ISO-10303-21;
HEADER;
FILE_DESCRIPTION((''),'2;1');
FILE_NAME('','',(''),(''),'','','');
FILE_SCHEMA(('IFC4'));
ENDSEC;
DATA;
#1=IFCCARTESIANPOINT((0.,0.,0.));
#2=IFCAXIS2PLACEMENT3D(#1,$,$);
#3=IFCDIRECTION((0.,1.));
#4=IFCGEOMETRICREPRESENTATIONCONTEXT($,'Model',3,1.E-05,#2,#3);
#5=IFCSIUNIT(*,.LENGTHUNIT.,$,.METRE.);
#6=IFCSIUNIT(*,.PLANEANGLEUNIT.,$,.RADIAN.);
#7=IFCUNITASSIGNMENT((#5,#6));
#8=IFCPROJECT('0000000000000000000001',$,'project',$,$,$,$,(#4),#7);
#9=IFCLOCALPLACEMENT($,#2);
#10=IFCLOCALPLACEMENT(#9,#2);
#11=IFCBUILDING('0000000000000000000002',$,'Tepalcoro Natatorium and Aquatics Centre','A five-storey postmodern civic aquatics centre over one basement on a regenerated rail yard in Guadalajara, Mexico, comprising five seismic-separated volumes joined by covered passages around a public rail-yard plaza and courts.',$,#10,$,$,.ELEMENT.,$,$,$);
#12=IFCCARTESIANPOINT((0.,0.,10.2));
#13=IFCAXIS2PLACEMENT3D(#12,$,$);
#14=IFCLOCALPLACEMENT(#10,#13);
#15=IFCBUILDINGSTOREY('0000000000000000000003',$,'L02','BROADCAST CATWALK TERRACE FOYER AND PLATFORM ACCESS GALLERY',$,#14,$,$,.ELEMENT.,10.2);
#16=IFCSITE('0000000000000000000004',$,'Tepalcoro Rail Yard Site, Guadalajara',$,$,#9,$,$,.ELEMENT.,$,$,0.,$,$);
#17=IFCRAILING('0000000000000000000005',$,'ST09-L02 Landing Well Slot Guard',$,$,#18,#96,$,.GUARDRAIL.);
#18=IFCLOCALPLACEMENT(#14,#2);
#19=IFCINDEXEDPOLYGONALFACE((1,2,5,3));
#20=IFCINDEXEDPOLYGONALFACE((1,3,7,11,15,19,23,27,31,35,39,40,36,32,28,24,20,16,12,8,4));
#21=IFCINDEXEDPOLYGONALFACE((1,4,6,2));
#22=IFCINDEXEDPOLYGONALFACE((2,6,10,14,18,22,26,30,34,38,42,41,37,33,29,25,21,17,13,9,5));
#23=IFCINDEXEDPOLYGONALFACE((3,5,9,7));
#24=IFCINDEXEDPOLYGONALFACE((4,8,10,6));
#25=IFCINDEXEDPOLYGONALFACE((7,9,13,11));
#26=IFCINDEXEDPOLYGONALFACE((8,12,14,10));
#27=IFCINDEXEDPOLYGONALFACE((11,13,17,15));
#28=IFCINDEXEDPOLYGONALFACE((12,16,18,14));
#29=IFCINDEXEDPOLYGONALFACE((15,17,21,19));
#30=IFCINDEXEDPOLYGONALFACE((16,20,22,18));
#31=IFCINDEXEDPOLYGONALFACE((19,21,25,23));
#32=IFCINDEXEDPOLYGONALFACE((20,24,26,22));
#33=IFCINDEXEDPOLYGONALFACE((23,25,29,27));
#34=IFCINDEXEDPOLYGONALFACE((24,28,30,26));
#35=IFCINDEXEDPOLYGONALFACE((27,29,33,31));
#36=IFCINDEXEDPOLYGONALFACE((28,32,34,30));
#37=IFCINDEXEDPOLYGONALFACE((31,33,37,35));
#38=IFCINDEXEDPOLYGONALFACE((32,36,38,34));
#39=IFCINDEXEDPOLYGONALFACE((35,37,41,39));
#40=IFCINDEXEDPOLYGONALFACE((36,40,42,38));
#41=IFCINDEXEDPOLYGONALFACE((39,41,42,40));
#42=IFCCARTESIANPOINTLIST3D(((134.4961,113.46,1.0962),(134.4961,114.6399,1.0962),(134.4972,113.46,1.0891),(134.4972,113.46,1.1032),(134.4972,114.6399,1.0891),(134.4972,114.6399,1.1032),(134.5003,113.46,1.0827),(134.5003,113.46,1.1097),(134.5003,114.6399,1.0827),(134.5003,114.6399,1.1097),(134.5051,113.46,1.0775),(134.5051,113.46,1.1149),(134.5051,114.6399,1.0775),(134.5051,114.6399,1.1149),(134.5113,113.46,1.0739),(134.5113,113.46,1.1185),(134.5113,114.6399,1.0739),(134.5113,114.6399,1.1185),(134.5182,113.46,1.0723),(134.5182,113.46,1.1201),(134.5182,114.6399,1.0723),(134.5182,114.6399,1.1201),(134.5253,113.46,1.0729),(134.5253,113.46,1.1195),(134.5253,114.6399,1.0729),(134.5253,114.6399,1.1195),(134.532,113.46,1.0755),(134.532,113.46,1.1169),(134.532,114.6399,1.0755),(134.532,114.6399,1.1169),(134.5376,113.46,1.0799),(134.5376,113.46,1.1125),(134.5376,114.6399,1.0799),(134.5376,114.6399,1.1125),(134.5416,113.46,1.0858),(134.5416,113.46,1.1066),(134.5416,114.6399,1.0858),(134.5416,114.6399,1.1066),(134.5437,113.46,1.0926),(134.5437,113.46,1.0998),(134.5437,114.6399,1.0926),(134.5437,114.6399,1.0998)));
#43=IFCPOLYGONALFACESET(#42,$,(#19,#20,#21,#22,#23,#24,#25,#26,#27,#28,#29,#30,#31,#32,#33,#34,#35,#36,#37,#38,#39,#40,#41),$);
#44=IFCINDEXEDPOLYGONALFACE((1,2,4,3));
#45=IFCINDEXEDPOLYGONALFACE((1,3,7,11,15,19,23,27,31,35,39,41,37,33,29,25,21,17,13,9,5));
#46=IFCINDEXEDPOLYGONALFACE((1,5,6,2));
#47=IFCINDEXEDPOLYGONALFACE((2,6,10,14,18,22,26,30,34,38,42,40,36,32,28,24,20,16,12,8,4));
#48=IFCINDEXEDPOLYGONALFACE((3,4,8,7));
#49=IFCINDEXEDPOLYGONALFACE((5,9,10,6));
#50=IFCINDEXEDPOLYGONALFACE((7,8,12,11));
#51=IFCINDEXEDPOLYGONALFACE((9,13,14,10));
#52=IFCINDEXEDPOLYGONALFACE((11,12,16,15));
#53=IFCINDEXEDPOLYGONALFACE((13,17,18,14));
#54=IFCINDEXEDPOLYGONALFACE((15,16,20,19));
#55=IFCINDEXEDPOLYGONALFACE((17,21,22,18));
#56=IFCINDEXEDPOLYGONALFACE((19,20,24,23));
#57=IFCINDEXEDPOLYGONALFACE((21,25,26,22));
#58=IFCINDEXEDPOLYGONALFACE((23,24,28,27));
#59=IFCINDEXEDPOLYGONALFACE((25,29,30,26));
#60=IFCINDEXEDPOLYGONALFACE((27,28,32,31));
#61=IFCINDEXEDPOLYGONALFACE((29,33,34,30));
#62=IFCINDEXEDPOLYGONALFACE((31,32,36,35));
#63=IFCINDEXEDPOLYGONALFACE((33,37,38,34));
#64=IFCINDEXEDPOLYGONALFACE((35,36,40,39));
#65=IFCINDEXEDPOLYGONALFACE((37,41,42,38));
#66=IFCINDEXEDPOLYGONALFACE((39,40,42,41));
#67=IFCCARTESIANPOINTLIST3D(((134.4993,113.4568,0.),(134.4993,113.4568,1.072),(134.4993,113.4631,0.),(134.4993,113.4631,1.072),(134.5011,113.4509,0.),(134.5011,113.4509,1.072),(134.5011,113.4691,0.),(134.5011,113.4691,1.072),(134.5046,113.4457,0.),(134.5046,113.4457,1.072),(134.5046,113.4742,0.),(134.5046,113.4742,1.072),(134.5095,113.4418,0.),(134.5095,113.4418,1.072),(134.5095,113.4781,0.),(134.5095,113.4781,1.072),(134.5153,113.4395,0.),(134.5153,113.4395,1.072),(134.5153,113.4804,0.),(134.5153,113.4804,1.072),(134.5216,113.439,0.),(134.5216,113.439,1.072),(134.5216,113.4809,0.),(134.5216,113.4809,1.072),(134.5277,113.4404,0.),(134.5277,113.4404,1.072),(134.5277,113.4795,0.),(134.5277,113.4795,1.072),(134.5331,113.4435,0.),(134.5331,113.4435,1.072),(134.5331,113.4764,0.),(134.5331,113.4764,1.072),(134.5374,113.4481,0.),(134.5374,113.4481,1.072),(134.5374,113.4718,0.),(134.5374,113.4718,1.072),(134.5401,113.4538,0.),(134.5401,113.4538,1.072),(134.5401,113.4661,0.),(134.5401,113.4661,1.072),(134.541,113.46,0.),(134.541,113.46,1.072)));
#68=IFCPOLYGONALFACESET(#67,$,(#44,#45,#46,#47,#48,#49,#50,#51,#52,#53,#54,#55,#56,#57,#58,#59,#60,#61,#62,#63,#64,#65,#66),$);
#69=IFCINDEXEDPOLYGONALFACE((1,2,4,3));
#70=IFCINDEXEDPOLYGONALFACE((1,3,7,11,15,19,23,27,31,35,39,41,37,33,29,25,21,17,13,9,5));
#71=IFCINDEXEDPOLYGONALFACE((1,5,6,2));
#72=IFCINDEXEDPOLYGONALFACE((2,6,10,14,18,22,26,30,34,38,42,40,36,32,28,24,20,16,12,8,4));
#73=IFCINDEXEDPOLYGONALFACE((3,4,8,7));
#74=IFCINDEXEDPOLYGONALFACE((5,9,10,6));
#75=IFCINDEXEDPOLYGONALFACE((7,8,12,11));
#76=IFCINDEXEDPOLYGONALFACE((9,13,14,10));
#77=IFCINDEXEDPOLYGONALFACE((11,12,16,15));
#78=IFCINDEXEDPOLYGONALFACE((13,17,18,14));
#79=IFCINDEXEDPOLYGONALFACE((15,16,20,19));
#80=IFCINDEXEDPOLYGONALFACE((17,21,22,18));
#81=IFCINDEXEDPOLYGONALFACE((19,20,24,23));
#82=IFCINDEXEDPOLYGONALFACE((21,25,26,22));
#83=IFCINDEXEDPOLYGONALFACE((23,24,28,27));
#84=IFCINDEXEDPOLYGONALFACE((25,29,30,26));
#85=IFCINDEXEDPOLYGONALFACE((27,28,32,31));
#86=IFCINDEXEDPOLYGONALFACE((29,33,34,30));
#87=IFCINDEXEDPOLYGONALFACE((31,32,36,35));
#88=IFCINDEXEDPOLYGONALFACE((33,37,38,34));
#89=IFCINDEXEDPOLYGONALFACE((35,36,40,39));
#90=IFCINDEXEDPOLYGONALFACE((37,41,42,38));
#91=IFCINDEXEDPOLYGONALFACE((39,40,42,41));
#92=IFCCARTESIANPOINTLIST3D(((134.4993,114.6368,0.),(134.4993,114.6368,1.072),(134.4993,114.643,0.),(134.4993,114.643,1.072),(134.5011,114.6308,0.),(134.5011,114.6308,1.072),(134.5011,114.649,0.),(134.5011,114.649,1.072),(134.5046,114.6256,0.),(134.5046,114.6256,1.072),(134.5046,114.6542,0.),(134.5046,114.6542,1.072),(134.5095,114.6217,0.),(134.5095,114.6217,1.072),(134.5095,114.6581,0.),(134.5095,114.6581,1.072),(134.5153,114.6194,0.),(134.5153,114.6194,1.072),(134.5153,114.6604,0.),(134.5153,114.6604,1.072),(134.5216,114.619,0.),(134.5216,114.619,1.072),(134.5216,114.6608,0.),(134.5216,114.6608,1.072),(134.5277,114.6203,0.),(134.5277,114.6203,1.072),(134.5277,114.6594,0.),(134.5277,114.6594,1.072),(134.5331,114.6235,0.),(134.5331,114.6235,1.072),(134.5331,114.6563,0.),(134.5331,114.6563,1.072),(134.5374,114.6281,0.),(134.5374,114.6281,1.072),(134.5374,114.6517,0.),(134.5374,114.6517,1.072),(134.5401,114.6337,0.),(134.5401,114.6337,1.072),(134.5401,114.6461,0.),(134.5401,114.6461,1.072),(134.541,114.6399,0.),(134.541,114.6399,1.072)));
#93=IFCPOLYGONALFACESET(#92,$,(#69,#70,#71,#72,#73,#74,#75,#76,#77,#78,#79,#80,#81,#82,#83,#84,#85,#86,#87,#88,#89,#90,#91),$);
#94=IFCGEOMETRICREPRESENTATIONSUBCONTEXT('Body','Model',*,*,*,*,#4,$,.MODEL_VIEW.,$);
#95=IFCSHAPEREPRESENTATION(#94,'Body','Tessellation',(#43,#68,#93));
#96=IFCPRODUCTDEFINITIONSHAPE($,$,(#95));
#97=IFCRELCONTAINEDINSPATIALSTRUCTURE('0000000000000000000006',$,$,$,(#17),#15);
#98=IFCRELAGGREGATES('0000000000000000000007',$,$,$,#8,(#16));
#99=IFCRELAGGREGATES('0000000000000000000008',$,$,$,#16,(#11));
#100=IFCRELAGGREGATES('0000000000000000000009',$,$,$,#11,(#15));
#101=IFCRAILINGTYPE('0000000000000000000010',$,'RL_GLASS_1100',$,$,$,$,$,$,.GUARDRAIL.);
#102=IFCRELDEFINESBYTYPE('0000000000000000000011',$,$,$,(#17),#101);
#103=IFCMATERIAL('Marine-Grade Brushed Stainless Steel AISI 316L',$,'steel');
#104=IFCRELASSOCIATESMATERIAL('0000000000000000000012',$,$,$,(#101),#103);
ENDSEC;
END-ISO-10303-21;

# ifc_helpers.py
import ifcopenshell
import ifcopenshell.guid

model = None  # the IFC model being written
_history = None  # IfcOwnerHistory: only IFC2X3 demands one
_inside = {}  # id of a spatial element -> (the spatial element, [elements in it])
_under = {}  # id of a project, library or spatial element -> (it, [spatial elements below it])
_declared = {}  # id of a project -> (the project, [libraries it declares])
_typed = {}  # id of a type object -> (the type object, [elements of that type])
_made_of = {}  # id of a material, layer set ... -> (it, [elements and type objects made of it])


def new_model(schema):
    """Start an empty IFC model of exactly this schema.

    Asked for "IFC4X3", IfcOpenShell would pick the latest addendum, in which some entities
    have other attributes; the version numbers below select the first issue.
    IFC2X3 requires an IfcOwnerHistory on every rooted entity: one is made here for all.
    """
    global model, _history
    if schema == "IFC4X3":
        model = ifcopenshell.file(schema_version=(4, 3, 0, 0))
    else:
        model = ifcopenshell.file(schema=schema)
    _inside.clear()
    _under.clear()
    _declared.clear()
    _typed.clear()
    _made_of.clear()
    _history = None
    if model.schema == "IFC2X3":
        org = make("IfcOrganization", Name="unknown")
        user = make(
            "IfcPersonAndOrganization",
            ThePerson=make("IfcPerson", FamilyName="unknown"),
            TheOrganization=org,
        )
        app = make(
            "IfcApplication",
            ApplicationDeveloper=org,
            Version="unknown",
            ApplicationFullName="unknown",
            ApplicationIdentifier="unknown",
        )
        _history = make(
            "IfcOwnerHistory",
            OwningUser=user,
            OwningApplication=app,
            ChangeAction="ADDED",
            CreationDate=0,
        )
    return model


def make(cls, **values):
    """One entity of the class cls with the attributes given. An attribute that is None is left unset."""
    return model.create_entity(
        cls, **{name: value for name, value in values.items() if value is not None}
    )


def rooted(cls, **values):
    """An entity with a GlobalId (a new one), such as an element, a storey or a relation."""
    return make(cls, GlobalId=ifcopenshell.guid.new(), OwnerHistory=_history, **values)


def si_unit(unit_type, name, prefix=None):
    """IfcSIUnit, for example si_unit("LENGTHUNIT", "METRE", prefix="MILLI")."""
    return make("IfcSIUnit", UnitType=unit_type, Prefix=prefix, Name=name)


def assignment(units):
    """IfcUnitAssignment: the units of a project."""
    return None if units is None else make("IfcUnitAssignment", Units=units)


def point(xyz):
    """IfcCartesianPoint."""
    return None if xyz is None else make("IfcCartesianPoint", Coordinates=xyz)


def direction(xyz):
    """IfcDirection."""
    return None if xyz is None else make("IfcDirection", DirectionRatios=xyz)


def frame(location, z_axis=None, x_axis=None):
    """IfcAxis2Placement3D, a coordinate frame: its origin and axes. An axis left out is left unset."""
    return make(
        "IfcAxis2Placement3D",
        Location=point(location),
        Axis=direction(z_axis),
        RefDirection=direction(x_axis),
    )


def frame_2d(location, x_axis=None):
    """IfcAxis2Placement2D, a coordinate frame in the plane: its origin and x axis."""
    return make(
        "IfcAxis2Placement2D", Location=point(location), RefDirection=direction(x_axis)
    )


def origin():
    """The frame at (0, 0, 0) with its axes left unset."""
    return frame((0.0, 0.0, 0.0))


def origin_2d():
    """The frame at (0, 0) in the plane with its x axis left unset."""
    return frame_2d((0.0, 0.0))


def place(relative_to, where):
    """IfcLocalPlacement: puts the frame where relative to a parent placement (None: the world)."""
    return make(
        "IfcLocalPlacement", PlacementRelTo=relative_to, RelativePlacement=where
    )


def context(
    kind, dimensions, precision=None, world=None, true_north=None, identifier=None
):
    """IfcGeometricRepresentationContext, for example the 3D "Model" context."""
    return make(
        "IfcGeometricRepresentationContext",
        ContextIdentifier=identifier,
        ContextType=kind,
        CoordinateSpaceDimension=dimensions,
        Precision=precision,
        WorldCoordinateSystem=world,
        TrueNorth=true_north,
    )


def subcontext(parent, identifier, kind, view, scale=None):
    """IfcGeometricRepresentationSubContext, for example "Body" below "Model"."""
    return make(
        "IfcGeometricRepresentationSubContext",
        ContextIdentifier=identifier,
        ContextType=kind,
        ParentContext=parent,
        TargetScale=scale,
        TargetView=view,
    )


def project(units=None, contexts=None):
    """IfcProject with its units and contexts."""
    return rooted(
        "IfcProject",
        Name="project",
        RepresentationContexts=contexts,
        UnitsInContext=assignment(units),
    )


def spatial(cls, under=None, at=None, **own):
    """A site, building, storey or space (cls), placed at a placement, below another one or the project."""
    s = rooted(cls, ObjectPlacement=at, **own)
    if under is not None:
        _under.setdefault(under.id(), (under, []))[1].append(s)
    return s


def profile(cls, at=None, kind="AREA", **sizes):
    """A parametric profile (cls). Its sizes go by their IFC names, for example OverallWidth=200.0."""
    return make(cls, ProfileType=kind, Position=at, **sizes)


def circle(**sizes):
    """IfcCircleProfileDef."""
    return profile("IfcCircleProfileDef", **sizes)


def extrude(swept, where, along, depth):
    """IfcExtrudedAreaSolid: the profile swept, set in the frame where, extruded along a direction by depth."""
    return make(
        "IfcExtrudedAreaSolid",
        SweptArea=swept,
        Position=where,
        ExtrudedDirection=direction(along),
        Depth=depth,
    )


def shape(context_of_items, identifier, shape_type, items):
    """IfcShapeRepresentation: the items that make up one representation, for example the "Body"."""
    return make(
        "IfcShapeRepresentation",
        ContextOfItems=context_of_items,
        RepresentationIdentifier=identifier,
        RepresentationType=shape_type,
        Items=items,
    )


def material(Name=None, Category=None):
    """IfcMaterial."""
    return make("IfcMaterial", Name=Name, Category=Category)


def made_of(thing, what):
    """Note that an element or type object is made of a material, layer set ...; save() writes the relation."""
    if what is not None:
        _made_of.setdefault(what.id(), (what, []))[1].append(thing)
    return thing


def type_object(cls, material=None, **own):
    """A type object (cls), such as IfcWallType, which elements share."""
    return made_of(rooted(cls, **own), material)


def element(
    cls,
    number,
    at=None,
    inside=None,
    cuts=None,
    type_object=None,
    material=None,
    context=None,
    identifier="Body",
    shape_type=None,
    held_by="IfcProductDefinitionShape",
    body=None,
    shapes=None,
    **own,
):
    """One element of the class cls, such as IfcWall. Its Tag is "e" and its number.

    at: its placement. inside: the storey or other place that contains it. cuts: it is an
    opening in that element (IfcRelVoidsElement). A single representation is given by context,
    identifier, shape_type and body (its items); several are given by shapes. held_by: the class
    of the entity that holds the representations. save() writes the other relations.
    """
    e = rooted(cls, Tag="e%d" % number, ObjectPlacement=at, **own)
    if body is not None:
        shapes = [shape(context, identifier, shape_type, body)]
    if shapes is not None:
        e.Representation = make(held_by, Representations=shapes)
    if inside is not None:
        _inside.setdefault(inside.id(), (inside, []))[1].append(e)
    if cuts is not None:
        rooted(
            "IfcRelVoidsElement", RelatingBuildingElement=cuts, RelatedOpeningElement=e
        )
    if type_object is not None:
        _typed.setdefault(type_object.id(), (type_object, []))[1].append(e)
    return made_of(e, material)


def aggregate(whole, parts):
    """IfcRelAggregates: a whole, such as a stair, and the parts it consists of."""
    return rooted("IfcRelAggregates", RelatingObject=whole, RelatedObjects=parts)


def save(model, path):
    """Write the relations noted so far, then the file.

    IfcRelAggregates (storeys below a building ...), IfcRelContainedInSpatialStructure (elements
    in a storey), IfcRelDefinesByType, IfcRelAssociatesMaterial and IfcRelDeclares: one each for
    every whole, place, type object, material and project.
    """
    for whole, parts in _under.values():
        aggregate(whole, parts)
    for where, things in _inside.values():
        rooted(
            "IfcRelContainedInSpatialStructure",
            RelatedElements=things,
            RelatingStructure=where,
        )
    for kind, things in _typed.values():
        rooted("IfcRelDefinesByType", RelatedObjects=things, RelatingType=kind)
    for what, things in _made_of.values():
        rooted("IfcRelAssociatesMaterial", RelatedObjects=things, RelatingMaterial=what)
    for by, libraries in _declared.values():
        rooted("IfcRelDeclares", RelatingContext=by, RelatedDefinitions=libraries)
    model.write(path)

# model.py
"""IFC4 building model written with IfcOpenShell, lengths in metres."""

from ifc_helpers import new_model, si_unit, direction, frame, origin, origin_2d, place, context, subcontext, project, spatial, circle, extrude, material, type_object, element, save


model = new_model("IFC4")

# Units and contexts
model_context = context("Model", 3, precision=1e-05, world=origin(), true_north=direction((0.0, 1.0)))
body_context = subcontext(model_context, "Body", "Model", "MODEL_VIEW")
ifc_project = project(units=[si_unit("LENGTHUNIT", "METRE"), si_unit("PLANEANGLEUNIT", "RADIAN")], contexts=[model_context])

# Site, building, storey
site_placement = place(None, origin())
site = spatial("IfcSite", under=ifc_project, at=site_placement, Name="Tepalcoro Rail Yard Site, Guadalajara", CompositionType="ELEMENT", RefElevation=0.0)
building_placement = place(site_placement, origin())
building = spatial("IfcBuilding", under=site, at=building_placement, Name="Tepalcoro Natatorium and Aquatics Centre", Description="A five-storey postmodern civic aquatics centre over one basement on a regenerated rail yard in Guadalajara, Mexico, comprising five seismic-separated volumes joined by covered passages around a public rail-yard plaza and courts.", CompositionType="ELEMENT")
storey_placement = place(building_placement, frame((0.0, 0.0, 10.2)))
storey = spatial("IfcBuildingStorey", under=building, at=storey_placement, Name="L02", Description="BROADCAST CATWALK TERRACE FOYER AND PLATFORM ACCESS GALLERY", CompositionType="ELEMENT", Elevation=10.2)

# Railing
ifc_material_1 = material(Name="Marine-Grade Brushed Stainless Steel AISI 316L", Category="steel")
railing_type = type_object("IfcRailingType", Name="RL_GLASS_1100", PredefinedType="GUARDRAIL", material=ifc_material_1)
railing_1_placement = place(storey_placement, frame((134.52, 113.46, 0.0)))
element("IfcRailing", 1, at=railing_1_placement, inside=storey, type_object=railing_type, Name="ST09-L02 Landing Well Slot Guard", PredefinedType="GUARDRAIL", context=body_context, shape_type="SweptSolid", body=[
    extrude(circle(Radius=0.0239, at=origin_2d()), frame((0.0, 0.0, 1.0962), z_axis=(0.0, 1.0, 0.0), x_axis=(-1.0, 0.0, 0.0)), (0.0, 0.0, 1.0), 1.1799),
    extrude(circle(Radius=0.021, at=origin_2d()), origin(), (0.0, 0.0, 1.0), 1.072),
    extrude(circle(Radius=0.021, at=origin_2d()), frame((0.0, 1.1799, 0.0)), (0.0, 0.0, 1.0), 1.072),
])

save(model, "model.ifc")
